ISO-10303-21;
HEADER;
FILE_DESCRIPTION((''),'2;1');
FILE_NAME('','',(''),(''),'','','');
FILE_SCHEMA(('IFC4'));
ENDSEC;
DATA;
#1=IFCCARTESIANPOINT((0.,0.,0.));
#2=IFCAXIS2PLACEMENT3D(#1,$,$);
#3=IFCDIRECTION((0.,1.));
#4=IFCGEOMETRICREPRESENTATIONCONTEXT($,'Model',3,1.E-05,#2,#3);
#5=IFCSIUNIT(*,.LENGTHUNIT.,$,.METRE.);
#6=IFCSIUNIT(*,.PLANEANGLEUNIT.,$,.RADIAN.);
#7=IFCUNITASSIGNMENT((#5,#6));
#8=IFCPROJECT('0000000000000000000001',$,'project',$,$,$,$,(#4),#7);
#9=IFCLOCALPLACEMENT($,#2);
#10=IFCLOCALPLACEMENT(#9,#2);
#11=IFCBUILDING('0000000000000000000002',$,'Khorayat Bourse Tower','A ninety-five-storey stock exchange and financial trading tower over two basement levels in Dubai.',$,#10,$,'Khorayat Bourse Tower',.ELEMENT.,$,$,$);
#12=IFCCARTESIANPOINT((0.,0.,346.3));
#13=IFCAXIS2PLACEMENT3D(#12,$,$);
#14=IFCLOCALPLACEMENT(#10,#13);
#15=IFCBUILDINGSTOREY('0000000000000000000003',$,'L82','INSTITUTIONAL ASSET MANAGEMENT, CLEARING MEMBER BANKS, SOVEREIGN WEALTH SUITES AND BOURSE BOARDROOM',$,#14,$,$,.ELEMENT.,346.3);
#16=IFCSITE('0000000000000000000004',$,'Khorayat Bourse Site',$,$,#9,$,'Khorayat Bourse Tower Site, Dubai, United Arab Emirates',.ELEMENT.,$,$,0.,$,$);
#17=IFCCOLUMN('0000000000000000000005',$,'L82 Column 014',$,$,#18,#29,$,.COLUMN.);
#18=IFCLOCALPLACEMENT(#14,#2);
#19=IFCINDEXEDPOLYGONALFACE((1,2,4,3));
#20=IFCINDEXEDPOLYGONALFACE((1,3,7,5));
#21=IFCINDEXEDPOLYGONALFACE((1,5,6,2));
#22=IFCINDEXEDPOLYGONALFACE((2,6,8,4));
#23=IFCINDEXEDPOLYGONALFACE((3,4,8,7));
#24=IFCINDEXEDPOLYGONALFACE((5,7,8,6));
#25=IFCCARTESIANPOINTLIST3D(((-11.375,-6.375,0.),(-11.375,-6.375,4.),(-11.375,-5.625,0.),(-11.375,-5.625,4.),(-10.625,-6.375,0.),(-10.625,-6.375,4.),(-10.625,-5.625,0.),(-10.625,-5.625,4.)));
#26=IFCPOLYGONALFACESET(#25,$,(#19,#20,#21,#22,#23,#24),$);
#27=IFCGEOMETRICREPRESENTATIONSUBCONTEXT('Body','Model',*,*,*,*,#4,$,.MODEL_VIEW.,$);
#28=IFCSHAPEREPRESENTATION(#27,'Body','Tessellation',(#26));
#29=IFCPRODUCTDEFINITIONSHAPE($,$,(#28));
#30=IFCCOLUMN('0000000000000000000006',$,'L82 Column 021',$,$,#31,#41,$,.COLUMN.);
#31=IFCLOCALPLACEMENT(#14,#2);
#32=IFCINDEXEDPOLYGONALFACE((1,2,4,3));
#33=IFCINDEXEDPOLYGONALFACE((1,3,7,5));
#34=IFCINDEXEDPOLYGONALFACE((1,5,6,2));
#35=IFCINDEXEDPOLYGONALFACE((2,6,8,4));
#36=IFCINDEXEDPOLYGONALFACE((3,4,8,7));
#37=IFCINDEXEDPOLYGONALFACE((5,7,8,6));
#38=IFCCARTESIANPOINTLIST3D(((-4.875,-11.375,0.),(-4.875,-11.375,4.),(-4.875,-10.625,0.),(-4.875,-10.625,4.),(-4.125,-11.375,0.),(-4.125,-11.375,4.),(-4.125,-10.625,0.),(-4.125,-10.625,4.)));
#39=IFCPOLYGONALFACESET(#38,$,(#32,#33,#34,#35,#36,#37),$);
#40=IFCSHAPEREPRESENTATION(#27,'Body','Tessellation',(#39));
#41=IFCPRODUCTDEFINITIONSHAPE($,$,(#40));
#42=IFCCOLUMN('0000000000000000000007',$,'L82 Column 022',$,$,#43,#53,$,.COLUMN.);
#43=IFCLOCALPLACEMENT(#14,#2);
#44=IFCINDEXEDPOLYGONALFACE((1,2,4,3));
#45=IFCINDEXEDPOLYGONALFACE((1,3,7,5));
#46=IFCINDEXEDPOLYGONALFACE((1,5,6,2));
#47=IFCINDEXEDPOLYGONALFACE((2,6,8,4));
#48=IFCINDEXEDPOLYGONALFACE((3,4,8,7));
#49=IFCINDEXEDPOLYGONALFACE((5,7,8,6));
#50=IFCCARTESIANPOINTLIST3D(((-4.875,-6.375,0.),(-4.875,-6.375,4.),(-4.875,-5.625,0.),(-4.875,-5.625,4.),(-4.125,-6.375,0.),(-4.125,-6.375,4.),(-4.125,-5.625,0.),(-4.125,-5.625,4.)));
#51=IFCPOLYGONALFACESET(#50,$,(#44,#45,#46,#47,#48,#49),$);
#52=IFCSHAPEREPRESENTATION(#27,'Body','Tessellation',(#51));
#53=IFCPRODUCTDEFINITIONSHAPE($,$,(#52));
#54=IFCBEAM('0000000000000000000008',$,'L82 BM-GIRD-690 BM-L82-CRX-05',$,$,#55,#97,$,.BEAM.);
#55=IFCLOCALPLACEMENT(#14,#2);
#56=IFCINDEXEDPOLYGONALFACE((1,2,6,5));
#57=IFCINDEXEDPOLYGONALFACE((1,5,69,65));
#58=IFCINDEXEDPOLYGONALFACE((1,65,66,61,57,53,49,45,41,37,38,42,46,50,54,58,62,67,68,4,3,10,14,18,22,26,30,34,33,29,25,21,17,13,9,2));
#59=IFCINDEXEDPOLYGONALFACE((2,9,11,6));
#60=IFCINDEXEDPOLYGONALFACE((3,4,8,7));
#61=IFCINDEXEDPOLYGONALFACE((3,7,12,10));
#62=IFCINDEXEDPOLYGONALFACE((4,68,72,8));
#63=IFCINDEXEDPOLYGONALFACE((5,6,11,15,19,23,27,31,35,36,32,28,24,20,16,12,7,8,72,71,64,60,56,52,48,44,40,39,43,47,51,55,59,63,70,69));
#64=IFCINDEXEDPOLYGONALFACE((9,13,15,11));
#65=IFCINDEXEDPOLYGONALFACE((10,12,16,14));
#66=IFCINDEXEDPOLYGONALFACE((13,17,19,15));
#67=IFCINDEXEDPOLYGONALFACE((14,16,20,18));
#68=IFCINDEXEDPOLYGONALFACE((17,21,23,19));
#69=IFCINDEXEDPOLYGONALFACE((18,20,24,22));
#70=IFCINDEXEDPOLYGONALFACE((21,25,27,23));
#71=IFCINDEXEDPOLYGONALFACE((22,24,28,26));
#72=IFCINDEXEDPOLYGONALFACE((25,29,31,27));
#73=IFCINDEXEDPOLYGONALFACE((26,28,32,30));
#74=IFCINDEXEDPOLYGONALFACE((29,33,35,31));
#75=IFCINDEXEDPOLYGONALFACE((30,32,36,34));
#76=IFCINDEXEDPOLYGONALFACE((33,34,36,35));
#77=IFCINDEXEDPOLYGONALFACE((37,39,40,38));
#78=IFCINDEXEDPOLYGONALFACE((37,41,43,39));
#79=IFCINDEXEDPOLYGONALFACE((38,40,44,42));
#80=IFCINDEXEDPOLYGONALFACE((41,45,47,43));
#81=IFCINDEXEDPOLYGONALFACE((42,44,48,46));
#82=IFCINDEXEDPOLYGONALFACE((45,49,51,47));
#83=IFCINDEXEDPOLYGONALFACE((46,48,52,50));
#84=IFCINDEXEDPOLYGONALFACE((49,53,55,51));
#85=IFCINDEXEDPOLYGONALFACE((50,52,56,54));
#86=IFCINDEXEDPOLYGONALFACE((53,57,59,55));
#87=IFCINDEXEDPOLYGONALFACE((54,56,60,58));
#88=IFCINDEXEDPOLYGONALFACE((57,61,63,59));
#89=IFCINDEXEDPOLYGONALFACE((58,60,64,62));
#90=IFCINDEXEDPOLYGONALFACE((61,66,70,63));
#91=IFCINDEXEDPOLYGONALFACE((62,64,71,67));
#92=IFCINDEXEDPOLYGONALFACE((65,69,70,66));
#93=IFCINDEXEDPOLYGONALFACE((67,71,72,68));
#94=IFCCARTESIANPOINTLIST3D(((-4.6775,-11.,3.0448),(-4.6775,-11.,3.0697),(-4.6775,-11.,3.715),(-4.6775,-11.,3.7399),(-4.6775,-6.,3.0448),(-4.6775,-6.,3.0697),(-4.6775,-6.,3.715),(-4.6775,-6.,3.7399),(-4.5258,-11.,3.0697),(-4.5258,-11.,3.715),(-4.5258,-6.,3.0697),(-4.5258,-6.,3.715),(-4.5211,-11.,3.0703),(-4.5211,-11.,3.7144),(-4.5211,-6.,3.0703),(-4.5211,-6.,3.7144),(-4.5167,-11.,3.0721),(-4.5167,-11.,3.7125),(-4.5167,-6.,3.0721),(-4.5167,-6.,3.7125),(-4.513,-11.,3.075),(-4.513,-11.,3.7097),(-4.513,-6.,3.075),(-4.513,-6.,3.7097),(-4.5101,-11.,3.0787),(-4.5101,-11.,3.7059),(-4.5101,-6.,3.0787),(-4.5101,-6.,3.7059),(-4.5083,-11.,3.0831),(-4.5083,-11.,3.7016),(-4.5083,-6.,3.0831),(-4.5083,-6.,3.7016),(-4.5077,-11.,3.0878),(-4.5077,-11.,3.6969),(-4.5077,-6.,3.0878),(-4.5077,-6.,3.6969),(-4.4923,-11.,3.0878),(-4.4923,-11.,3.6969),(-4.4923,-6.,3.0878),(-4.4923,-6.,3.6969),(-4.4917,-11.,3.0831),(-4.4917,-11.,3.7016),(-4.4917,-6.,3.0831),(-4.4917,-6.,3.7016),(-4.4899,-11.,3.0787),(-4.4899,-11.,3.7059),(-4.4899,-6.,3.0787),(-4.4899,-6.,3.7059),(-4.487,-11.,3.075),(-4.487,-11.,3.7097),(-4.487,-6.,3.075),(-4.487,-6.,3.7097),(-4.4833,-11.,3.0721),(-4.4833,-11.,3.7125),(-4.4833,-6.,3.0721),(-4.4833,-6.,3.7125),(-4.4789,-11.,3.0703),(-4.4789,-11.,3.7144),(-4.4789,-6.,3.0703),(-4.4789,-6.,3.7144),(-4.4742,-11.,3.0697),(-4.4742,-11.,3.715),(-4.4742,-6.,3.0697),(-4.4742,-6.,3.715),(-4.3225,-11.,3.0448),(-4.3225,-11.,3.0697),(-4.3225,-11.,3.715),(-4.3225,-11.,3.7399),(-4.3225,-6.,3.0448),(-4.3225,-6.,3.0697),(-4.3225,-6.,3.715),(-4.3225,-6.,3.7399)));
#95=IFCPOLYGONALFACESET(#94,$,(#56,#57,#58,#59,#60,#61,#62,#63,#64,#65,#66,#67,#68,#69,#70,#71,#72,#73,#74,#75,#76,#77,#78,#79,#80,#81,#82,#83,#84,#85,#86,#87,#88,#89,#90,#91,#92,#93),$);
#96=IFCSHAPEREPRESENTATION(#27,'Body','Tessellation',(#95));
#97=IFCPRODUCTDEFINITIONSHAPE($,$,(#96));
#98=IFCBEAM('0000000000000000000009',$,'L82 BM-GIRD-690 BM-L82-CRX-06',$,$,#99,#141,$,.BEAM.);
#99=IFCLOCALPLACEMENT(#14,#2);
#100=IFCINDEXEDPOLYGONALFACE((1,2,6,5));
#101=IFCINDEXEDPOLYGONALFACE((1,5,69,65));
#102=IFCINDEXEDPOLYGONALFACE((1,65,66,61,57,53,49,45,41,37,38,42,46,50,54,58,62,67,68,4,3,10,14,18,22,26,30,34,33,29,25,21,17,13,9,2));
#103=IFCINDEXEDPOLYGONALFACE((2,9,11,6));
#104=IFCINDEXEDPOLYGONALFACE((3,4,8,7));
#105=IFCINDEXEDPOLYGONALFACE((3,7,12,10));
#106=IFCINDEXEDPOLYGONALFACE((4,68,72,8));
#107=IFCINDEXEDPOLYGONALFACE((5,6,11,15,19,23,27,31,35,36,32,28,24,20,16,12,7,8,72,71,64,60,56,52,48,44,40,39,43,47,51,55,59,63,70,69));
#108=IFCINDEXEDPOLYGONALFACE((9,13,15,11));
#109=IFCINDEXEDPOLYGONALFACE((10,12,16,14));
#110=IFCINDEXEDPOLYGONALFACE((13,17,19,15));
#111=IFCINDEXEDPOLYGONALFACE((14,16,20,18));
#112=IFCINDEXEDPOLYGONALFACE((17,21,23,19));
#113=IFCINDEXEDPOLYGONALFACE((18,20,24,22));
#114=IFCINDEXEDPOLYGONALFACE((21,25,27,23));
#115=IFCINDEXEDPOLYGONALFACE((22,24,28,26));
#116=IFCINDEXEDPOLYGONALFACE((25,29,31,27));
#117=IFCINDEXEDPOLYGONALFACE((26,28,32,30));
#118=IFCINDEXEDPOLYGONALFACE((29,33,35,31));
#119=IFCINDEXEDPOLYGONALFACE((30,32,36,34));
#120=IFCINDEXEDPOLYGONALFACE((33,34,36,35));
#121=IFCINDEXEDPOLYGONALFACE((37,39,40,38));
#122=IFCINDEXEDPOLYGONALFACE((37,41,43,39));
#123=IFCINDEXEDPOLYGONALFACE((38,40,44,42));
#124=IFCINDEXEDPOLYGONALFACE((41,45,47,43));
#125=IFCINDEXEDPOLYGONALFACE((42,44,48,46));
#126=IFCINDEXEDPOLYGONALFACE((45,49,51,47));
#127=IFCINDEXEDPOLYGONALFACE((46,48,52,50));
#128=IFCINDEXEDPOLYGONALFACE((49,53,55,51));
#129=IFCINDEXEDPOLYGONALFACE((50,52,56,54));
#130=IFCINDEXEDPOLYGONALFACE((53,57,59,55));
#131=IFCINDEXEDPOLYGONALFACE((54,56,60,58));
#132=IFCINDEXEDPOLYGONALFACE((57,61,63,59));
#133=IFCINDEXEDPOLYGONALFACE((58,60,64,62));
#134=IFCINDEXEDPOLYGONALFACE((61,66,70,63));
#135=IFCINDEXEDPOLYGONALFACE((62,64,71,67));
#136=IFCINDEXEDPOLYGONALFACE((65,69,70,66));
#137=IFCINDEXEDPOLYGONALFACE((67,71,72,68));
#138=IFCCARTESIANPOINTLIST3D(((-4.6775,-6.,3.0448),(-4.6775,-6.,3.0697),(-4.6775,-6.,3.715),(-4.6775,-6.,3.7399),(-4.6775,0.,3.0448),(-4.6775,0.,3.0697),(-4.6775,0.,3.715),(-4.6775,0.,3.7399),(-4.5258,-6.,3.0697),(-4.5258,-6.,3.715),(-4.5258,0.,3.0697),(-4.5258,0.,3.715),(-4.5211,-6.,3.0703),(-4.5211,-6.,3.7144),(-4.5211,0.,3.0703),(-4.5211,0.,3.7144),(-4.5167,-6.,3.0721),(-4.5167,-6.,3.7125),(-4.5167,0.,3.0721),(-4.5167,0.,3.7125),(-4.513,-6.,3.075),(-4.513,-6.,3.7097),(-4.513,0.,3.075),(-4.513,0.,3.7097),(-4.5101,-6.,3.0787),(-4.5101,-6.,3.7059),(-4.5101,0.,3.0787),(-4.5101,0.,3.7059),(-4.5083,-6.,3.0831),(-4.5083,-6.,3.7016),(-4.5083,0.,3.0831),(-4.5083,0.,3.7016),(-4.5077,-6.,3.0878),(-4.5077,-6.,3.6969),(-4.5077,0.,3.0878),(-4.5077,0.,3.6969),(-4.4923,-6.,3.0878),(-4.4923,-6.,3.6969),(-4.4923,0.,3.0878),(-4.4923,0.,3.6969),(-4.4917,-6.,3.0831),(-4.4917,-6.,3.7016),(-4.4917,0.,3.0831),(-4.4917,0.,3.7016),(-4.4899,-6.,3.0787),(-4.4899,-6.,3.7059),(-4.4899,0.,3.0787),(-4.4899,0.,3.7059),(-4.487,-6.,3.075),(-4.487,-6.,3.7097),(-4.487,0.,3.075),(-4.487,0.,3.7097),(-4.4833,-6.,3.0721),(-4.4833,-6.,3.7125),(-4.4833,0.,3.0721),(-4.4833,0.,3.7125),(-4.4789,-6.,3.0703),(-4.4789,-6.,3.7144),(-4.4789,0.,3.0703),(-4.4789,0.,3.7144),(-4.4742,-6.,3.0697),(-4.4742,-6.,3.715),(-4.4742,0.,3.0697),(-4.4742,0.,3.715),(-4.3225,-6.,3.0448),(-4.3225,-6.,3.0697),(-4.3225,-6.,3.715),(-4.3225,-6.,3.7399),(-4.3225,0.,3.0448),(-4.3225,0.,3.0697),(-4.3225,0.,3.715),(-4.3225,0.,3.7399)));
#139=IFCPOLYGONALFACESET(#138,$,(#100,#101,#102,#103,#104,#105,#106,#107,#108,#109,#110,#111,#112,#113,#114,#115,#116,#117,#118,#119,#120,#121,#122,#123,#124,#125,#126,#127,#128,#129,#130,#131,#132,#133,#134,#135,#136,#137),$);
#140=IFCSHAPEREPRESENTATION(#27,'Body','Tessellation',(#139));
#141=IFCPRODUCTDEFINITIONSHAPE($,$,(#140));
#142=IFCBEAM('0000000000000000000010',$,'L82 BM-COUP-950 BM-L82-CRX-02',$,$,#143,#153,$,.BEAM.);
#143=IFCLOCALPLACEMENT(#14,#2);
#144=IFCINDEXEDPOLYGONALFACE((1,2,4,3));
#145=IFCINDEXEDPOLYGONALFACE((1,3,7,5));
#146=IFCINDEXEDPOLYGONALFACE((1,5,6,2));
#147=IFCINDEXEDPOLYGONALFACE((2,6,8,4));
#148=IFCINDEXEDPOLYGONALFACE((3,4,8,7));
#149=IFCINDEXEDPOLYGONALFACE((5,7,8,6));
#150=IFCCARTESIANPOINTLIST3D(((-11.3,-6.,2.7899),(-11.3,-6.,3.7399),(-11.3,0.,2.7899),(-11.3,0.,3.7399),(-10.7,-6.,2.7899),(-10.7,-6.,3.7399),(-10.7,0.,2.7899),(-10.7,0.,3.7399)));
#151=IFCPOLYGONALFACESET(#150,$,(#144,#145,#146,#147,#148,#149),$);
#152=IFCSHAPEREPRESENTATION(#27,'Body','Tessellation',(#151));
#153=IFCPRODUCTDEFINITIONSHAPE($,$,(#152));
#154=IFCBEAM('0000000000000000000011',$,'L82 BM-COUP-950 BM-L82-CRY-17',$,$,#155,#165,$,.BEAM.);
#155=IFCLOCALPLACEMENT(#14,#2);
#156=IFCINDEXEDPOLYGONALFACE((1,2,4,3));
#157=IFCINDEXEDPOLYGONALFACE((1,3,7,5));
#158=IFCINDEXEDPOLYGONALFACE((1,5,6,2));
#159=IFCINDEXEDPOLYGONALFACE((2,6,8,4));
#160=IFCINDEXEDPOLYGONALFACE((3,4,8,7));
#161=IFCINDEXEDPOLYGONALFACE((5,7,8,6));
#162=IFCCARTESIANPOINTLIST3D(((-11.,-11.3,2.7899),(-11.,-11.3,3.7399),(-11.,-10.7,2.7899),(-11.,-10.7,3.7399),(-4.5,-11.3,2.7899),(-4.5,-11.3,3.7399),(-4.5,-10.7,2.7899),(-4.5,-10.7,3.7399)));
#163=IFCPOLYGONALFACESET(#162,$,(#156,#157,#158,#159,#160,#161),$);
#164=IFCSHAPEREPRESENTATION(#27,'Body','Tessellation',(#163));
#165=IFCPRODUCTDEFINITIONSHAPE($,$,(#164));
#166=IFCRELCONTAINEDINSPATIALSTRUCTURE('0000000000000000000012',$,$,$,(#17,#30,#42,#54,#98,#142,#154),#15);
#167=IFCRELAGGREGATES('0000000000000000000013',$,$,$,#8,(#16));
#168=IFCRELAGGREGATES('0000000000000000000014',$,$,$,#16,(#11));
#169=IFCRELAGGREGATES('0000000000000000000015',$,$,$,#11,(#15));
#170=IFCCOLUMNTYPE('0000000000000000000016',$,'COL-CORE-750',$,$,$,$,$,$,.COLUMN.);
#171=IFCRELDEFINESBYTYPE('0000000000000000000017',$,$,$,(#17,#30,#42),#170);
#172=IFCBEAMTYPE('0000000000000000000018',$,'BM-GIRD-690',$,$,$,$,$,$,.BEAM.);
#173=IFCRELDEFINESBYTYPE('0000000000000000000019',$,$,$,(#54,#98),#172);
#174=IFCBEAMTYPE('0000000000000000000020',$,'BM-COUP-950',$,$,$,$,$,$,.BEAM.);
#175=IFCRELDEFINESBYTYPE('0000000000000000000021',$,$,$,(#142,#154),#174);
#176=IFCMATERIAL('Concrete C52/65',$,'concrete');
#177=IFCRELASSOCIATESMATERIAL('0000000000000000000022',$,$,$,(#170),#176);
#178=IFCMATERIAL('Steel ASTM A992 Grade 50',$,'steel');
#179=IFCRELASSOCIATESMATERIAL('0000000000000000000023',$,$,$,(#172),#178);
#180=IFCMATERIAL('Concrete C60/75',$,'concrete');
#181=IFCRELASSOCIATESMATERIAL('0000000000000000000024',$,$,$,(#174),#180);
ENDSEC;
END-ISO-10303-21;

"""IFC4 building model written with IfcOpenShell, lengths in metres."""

from ifc_helpers import new_model, si_unit, direction, frame, origin, origin_2d, place, context, subcontext, project, spatial, rectangle, i_section, extrude, source, transform, mapped, material, material_profile, profile_set, type_object, element, save


model = new_model("IFC4")

# Units and contexts
model_context = context("Model", 3, precision=1e-05, world=origin(), true_north=direction((0.0, 1.0)))
body_context = subcontext(model_context, "Body", "Model", "MODEL_VIEW")
ifc_project = project(units=[si_unit("LENGTHUNIT", "METRE"), si_unit("PLANEANGLEUNIT", "RADIAN")], contexts=[model_context])

# Site, building, storey
site_placement = place(None, origin())
site = spatial("IfcSite", under=ifc_project, at=site_placement, Name="Khorayat Bourse Site", LongName="Khorayat Bourse Tower Site, Dubai, United Arab Emirates", CompositionType="ELEMENT", RefElevation=0.0)
building_placement = place(site_placement, origin())
building = spatial("IfcBuilding", under=site, at=building_placement, Name="Khorayat Bourse Tower", Description="A ninety-five-storey stock exchange and financial trading tower over two basement levels in Dubai.", LongName="Khorayat Bourse Tower", CompositionType="ELEMENT")
storey_placement = place(building_placement, frame((0.0, 0.0, 346.3)))
storey = spatial("IfcBuildingStorey", under=building, at=storey_placement, Name="L82", Description="INSTITUTIONAL ASSET MANAGEMENT, CLEARING MEMBER BANKS, SOVEREIGN WEALTH SUITES AND BOURSE BOARDROOM", CompositionType="ELEMENT", Elevation=346.3)

# Columns
ifc_material_1 = material(Name="Concrete C52/65", Category="concrete")
ifc_material_profile_1 = material_profile(ifc_material_1, rectangle(XDim=0.75, YDim=0.75, at=origin_2d()), Name="RC 750x750")
ifc_profile_set_1 = profile_set([ifc_material_profile_1], Name="Concrete C52/65")
column_type = type_object("IfcColumnType", Name="COL-CORE-750", PredefinedType="COLUMN", material=ifc_profile_set_1)
shared_shape_1 = source(origin(), body_context, "Body", "SweptSolid", [
    extrude(rectangle(XDim=0.75, YDim=0.75, at=origin_2d()), origin(), (0.0, 0.0, 1.0), 4.0),
])
for number, where, z_axis, x_axis, name in (
    (1, (-11.0, -6.0, 0.0), (0.0, 0.0, 1.0), (1.0, 0.0, 0.0), "L82 Column 014"),
    (2, (-4.5, -11.0, 0.0), (0.0, 0.0, 1.0), (1.0, 0.0, 0.0), "L82 Column 021"),
    (3, (-4.5, -6.0, 0.0), (0.0, 0.0, 1.0), (1.0, 0.0, 0.0), "L82 Column 022"),
):
    element("IfcColumn", number, at=place(storey_placement, frame(where, z_axis=z_axis, x_axis=x_axis)), inside=storey, type_object=column_type, Name=name, PredefinedType="COLUMN", context=body_context, shape_type="MappedRepresentation", body=[
        mapped(shared_shape_1, transform((0.0, 0.0, 0.0), scale=1.0)),
    ])

# Beams
ifc_material_2 = material(Name="Steel ASTM A992 Grade 50", Category="steel")
ifc_material_profile_2 = material_profile(ifc_material_2, i_section(OverallWidth=0.355, OverallDepth=0.6951, WebThickness=0.0154, FlangeThickness=0.0249, FilletRadius=0.0181, at=origin_2d()), Name="W690X217")
ifc_profile_set_2 = profile_set([ifc_material_profile_2], Name="Steel ASTM A992 Grade 50")
beam_type_1 = type_object("IfcBeamType", Name="BM-GIRD-690", PredefinedType="BEAM", material=ifc_profile_set_2)
shared_shape_2 = source(origin(), body_context, "Body", "SweptSolid", [
    extrude(i_section(OverallWidth=0.355, OverallDepth=0.6951, WebThickness=0.0154, FlangeThickness=0.0249, FilletRadius=0.0181, at=origin_2d()), origin(), (0.0, 0.0, 1.0), 5.0),
])
beam_1_placement = place(storey_placement, frame((-4.5, -11.0, 3.3923), z_axis=(0.0, 1.0, 0.0), x_axis=(-1.0, 0.0, 0.0)))
element("IfcBeam", 4, at=beam_1_placement, inside=storey, type_object=beam_type_1, Name="L82 BM-GIRD-690 BM-L82-CRX-05", PredefinedType="BEAM", context=body_context, shape_type="MappedRepresentation", body=[
    mapped(shared_shape_2, transform((0.0, 0.0, 0.0), scale=1.0)),
])
shared_shape_3 = source(origin(), body_context, "Body", "SweptSolid", [
    extrude(i_section(OverallWidth=0.355, OverallDepth=0.6951, WebThickness=0.0154, FlangeThickness=0.0249, FilletRadius=0.0181, at=origin_2d()), origin(), (0.0, 0.0, 1.0), 6.0),
])
beam_2_placement = place(storey_placement, frame((-4.5, -6.0, 3.3923), z_axis=(0.0, 1.0, 0.0), x_axis=(-1.0, 0.0, 0.0)))
element("IfcBeam", 5, at=beam_2_placement, inside=storey, type_object=beam_type_1, Name="L82 BM-GIRD-690 BM-L82-CRX-06", PredefinedType="BEAM", context=body_context, shape_type="MappedRepresentation", body=[
    mapped(shared_shape_3, transform((0.0, 0.0, 0.0), scale=1.0)),
])
ifc_material_3 = material(Name="Concrete C60/75", Category="concrete")
ifc_material_profile_3 = material_profile(ifc_material_3, rectangle(XDim=0.6001, YDim=0.95, at=origin_2d()), Name="RC 600x950")
ifc_profile_set_3 = profile_set([ifc_material_profile_3], Name="Concrete C60/75")
beam_type_2 = type_object("IfcBeamType", Name="BM-COUP-950", PredefinedType="BEAM", material=ifc_profile_set_3)
shared_shape_4 = source(origin(), body_context, "Body", "SweptSolid", [
    extrude(rectangle(XDim=0.6001, YDim=0.95, at=origin_2d()), origin(), (0.0, 0.0, 1.0), 6.0),
])
beam_3_placement = place(storey_placement, frame((-11.0, -6.0, 3.2649), z_axis=(0.0, 1.0, 0.0), x_axis=(-1.0, 0.0, 0.0)))
element("IfcBeam", 6, at=beam_3_placement, inside=storey, type_object=beam_type_2, Name="L82 BM-COUP-950 BM-L82-CRX-02", PredefinedType="BEAM", context=body_context, shape_type="MappedRepresentation", body=[
    mapped(shared_shape_4, transform((0.0, 0.0, 0.0), scale=1.0)),
])
shared_shape_5 = source(origin(), body_context, "Body", "SweptSolid", [
    extrude(rectangle(XDim=0.6001, YDim=0.95, at=origin_2d()), origin(), (0.0, 0.0, 1.0), 6.5),
])
beam_4_placement = place(storey_placement, frame((-11.0, -11.0, 3.2649), z_axis=(1.0, 0.0, 0.0), x_axis=(0.0, 1.0, 0.0)))
element("IfcBeam", 7, at=beam_4_placement, inside=storey, type_object=beam_type_2, Name="L82 BM-COUP-950 BM-L82-CRY-17", PredefinedType="BEAM", context=body_context, shape_type="MappedRepresentation", body=[
    mapped(shared_shape_5, transform((0.0, 0.0, 0.0), scale=1.0)),
])

save(model, "model.ifc")
